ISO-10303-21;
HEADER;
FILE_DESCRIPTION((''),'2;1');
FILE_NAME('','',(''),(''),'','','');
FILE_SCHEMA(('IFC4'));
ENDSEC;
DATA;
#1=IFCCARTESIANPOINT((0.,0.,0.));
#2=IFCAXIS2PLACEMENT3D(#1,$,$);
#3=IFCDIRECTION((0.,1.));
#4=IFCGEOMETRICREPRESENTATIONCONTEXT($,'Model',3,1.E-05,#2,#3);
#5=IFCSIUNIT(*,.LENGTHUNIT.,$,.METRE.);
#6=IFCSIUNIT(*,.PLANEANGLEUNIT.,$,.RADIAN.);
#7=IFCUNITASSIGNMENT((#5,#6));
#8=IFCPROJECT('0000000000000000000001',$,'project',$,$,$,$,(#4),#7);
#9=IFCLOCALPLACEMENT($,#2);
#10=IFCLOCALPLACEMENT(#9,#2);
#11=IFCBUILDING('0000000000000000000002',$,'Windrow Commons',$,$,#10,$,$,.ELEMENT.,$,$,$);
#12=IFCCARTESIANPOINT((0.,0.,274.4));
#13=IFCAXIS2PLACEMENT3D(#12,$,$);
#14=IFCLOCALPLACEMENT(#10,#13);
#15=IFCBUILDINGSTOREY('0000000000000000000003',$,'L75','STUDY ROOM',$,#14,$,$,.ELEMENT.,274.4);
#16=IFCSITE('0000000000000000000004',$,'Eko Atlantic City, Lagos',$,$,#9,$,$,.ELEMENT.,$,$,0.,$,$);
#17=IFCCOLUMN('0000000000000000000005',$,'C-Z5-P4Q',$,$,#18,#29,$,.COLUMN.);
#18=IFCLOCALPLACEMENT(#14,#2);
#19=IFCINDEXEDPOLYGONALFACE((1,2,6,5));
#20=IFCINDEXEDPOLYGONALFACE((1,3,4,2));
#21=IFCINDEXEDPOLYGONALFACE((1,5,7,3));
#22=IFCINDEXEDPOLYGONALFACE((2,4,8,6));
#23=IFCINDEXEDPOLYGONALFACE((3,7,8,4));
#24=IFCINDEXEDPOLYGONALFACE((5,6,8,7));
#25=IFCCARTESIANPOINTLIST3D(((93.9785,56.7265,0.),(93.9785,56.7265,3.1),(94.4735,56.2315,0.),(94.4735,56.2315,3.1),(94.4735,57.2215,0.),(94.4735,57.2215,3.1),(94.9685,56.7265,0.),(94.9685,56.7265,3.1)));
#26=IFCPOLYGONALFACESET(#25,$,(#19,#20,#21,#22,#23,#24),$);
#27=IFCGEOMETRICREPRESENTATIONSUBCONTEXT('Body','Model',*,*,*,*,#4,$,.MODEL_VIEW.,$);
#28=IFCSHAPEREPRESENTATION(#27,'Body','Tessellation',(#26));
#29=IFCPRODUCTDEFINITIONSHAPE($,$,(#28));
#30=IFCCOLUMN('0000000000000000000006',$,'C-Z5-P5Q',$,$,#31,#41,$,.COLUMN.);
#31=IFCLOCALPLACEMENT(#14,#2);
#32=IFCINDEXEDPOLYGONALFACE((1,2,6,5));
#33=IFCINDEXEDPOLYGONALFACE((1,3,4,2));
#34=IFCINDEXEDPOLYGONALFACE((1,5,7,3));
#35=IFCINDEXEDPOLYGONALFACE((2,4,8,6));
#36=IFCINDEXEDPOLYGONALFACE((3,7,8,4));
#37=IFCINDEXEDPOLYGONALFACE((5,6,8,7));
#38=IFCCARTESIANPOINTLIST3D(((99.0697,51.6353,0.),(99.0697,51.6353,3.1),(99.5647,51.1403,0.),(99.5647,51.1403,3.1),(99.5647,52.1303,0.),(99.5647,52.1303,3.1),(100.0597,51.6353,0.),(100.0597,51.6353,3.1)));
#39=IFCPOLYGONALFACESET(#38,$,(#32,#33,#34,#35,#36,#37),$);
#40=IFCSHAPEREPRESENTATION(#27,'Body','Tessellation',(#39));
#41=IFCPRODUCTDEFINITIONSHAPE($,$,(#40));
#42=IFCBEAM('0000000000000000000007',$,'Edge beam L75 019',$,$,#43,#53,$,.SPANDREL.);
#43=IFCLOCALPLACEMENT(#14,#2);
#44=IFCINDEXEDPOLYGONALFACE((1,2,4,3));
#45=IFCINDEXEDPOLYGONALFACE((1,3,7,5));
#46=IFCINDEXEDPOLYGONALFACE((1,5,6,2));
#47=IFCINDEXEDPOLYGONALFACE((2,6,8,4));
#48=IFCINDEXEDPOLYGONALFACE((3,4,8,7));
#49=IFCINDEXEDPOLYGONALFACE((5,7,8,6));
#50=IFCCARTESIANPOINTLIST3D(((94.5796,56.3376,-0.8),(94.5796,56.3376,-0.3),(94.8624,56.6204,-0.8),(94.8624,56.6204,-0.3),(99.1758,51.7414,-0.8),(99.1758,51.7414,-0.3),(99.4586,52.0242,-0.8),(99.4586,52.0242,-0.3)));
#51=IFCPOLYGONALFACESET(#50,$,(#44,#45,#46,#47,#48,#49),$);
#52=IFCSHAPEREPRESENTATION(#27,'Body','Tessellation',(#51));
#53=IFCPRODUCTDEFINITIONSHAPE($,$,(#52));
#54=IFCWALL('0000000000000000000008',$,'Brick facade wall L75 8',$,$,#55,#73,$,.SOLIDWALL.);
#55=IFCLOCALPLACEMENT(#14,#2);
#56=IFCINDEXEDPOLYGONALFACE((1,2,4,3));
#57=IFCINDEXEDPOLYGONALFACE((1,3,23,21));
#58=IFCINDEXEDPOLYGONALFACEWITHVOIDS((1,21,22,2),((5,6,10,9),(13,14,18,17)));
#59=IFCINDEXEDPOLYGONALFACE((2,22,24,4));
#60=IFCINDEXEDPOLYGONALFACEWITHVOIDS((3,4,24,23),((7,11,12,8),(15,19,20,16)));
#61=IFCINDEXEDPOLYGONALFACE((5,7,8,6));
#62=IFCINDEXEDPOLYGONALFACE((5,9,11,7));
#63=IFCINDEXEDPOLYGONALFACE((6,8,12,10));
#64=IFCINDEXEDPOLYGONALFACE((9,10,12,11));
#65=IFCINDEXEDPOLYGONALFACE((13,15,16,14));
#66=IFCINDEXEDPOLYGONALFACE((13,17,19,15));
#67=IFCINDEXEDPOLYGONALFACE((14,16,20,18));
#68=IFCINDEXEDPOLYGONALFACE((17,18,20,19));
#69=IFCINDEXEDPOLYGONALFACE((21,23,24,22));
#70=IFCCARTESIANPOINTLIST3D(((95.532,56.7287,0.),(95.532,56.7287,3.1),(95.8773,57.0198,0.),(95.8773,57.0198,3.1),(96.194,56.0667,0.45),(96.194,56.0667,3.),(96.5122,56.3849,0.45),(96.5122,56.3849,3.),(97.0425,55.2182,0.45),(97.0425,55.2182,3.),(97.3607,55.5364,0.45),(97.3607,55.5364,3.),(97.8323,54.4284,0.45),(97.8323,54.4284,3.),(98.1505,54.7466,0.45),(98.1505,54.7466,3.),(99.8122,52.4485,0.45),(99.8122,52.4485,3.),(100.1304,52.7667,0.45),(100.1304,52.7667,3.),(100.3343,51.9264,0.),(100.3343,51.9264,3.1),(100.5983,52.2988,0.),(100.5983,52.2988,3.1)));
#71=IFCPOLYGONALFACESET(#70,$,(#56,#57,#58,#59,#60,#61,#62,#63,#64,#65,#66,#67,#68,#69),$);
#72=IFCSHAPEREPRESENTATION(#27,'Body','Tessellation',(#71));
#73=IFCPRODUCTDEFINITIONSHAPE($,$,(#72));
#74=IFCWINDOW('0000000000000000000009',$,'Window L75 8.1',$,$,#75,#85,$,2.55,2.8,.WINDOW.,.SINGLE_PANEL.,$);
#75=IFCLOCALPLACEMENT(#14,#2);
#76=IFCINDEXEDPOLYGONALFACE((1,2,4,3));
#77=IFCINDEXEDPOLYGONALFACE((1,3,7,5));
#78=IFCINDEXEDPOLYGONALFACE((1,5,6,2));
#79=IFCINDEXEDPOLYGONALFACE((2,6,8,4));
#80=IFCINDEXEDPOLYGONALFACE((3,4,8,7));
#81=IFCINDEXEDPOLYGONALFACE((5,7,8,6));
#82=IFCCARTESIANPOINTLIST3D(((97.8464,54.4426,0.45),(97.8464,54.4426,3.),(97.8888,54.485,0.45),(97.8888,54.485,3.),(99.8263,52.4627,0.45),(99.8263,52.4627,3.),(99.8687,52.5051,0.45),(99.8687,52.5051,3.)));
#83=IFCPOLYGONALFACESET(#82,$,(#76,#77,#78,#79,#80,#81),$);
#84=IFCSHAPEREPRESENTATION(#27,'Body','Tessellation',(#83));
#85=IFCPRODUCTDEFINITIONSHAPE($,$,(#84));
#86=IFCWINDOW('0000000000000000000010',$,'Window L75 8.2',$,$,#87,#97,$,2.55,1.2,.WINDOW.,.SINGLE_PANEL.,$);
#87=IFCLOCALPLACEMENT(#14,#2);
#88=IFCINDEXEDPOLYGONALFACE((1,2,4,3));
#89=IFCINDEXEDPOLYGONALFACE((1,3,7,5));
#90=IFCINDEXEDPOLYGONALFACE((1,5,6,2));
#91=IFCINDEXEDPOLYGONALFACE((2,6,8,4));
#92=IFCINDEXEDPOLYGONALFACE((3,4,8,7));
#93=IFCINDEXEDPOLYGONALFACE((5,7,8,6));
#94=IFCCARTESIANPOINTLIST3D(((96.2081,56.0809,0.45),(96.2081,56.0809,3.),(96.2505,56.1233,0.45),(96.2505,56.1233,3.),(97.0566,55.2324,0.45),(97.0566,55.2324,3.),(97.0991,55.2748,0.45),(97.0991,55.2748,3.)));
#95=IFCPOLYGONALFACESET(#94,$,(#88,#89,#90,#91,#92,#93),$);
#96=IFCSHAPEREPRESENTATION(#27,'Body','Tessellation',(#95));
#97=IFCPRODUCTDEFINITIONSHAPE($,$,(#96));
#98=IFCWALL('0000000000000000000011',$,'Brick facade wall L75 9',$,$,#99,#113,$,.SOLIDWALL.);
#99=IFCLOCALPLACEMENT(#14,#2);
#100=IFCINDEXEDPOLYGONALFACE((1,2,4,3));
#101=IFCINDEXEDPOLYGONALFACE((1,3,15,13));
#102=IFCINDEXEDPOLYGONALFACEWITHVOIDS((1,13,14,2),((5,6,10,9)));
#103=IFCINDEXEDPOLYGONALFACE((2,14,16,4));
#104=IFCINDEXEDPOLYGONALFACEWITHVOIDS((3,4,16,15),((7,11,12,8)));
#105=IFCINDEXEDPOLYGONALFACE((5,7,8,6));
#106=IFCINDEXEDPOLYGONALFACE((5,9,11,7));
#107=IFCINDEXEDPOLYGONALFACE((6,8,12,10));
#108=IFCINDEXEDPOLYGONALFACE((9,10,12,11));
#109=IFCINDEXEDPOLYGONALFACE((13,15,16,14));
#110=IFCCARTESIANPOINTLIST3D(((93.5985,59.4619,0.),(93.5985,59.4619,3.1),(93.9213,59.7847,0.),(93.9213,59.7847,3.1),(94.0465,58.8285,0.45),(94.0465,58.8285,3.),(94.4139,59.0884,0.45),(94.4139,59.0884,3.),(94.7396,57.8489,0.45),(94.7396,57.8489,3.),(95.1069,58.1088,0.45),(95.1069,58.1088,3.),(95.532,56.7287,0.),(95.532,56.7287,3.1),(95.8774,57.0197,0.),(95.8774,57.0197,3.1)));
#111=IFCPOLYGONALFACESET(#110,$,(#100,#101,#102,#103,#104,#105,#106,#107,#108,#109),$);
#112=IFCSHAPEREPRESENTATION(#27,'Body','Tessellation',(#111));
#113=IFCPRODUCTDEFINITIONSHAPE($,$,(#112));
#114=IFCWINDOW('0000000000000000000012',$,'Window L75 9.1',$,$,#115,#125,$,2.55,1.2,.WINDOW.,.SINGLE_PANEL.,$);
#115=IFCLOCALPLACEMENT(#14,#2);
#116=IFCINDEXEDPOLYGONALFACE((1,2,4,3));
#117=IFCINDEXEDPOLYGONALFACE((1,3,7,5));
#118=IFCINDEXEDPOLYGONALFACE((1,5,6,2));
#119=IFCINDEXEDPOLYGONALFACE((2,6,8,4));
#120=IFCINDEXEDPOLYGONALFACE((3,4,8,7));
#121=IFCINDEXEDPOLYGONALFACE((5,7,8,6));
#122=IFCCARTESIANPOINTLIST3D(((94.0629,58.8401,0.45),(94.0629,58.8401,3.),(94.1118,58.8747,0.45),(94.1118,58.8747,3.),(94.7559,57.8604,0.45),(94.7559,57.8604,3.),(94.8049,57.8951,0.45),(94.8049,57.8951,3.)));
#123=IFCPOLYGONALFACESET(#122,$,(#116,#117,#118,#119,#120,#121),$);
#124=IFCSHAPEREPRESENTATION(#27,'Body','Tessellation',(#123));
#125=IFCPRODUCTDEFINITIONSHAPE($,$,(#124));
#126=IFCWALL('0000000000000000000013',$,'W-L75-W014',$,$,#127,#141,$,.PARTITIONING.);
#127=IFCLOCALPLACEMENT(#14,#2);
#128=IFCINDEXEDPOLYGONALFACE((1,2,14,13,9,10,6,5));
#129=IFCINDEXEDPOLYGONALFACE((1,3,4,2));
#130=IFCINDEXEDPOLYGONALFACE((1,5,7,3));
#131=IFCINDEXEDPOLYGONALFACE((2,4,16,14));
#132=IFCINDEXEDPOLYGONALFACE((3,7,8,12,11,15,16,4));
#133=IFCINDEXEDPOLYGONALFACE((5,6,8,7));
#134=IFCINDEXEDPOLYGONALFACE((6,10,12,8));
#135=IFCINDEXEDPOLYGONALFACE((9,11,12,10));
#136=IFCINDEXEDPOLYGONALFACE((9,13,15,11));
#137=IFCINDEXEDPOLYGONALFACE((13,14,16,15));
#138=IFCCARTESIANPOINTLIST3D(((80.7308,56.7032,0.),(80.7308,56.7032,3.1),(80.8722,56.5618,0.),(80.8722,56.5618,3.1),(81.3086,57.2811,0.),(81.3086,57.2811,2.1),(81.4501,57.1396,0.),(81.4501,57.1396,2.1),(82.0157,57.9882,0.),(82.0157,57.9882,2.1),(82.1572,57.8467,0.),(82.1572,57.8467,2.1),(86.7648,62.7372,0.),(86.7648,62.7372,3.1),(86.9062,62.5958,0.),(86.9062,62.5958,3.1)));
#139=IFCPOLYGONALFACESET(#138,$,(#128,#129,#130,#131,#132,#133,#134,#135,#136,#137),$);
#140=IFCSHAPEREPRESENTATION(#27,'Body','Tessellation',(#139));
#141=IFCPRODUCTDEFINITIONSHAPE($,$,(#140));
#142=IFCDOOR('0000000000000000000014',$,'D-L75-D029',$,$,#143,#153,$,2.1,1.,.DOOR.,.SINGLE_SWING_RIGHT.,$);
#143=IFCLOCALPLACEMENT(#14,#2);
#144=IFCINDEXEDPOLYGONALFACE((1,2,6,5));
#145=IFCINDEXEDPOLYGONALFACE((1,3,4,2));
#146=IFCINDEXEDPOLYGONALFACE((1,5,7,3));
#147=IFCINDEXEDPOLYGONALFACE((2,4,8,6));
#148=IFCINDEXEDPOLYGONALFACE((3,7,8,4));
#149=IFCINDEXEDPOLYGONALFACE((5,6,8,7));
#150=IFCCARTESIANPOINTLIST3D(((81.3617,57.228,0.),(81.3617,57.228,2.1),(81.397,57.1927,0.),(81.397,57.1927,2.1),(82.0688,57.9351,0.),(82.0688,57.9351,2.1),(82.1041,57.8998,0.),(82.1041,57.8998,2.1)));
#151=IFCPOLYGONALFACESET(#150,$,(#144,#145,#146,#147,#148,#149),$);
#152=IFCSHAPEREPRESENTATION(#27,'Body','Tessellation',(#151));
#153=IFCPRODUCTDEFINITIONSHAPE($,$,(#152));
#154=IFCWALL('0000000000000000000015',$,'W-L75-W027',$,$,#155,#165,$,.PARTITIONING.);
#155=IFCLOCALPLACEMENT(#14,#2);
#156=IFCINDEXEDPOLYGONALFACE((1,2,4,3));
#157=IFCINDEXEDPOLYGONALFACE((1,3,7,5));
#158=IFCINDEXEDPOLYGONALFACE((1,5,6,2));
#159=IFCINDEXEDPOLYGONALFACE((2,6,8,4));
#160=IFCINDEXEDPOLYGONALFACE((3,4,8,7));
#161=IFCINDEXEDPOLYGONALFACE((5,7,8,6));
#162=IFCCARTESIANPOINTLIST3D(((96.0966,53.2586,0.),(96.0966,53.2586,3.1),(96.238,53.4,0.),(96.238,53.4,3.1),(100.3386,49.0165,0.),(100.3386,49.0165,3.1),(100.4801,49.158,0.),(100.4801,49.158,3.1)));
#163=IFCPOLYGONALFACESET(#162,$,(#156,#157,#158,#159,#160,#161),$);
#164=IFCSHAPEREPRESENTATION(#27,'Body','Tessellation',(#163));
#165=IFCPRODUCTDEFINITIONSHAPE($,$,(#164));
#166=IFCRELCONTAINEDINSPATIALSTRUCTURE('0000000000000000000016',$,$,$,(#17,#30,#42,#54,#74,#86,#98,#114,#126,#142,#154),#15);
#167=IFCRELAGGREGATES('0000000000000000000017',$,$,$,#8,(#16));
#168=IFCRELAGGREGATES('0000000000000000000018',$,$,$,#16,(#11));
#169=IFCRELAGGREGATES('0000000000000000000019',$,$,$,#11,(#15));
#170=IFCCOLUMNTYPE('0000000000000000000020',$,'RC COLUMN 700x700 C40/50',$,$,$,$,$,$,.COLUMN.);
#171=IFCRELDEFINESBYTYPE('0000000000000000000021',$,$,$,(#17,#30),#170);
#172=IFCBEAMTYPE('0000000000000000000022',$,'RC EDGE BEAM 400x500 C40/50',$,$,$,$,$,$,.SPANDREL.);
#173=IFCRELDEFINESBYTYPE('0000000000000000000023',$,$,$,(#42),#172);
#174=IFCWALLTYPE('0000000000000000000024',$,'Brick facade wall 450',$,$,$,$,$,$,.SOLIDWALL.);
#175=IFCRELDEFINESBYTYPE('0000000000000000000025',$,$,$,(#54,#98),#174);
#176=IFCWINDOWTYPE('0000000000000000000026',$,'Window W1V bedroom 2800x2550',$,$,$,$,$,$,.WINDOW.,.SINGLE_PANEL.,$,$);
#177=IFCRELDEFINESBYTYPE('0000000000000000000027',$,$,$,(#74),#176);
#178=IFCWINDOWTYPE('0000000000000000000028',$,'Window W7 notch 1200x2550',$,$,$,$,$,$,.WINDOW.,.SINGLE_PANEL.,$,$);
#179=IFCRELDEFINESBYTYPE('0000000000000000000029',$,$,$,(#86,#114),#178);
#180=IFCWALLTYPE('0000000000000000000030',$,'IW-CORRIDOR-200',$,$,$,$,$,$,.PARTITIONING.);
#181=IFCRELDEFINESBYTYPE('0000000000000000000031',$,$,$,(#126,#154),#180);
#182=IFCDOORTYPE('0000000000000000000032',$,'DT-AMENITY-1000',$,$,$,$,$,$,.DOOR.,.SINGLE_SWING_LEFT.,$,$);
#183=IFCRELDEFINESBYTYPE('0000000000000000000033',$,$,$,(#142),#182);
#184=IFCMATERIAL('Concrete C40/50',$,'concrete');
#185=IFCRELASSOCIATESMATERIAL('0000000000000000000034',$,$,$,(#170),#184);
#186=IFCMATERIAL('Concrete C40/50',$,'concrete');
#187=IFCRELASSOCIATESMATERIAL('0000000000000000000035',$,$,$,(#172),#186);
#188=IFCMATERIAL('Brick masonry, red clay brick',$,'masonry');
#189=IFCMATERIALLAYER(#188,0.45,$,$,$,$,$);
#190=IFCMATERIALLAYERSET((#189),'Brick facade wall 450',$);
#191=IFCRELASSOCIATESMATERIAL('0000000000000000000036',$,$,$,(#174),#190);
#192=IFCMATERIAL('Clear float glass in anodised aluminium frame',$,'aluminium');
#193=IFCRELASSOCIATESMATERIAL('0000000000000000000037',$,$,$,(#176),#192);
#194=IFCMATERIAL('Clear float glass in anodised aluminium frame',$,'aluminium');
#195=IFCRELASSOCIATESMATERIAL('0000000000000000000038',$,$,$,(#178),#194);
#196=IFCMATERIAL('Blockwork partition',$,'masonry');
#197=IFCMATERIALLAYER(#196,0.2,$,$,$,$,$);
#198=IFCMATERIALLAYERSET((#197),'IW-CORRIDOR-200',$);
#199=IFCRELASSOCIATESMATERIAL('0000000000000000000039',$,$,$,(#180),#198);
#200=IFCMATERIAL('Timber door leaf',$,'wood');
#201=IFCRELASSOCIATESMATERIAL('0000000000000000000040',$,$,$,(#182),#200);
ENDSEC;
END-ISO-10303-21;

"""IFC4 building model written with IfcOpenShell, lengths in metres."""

from ifc_helpers import new_model, si_unit, direction, frame, frame_2d, origin, origin_2d, place, context, subcontext, project, spatial, polyline, rectangle, outline, extrude, material, layer, layer_set, material_profile, profile_set, type_object, element, fill, save


model = new_model("IFC4")

# Units and contexts
model_context = context("Model", 3, precision=1e-05, world=origin(), true_north=direction((0.0, 1.0)))
body_context = subcontext(model_context, "Body", "Model", "MODEL_VIEW")
ifc_project = project(units=[si_unit("LENGTHUNIT", "METRE"), si_unit("PLANEANGLEUNIT", "RADIAN")], contexts=[model_context])

# Site, building, storey
site_placement = place(None, origin())
site = spatial("IfcSite", under=ifc_project, at=site_placement, Name="Eko Atlantic City, Lagos", CompositionType="ELEMENT", RefElevation=0.0)
building_placement = place(site_placement, origin())
building = spatial("IfcBuilding", under=site, at=building_placement, Name="Windrow Commons", CompositionType="ELEMENT")
storey_placement = place(building_placement, frame((0.0, 0.0, 274.4)))
storey = spatial("IfcBuildingStorey", under=building, at=storey_placement, Name="L75", Description="STUDY ROOM", CompositionType="ELEMENT", Elevation=274.4)

# Columns
ifc_material_1 = material(Name="Concrete C40/50", Category="concrete")
ifc_material_profile_1 = material_profile(ifc_material_1, rectangle(XDim=0.7, YDim=0.7, at=origin_2d()))
ifc_profile_set_1 = profile_set([ifc_material_profile_1], Name="Concrete C40/50")
column_type = type_object("IfcColumnType", Name="RC COLUMN 700x700 C40/50", PredefinedType="COLUMN", material=ifc_profile_set_1)
for number, where, z_axis, x_axis, name in (
    (1, (94.4735, 56.7265, 0.0), (0.0, 0.0, 1.0), (0.707107, -0.707107, 0.0), "C-Z5-P4Q"),
    (2, (99.5647, 51.6353, 0.0), (0.0, 0.0, 1.0), (0.707107, -0.707107, 0.0), "C-Z5-P5Q"),
):
    element("IfcColumn", number, at=place(storey_placement, frame(where, z_axis=z_axis, x_axis=x_axis)), inside=storey, type_object=column_type, Name=name, PredefinedType="COLUMN", context=body_context, shape_type="SweptSolid", body=[
        extrude(rectangle(XDim=0.7, YDim=0.7, at=origin_2d()), origin(), (0.0, 0.0, 1.0), 3.1),
    ])

# Beam
ifc_material_2 = material(Name="Concrete C40/50", Category="concrete")
ifc_material_profile_2 = material_profile(ifc_material_2, rectangle(XDim=0.4, YDim=0.5, at=origin_2d()))
ifc_profile_set_2 = profile_set([ifc_material_profile_2], Name="Concrete C40/50")
beam_type = type_object("IfcBeamType", Name="RC EDGE BEAM 400x500 C40/50", PredefinedType="SPANDREL", material=ifc_profile_set_2)
beam_placement = place(storey_placement, frame((94.721, 56.479, -0.55), z_axis=(0.707107, -0.707107, 0.0), x_axis=(0.707107, 0.707107, 0.0)))
element("IfcBeam", 3, at=beam_placement, inside=storey, type_object=beam_type, Name="Edge beam L75 019", PredefinedType="SPANDREL", context=body_context, shape_type="SweptSolid", body=[
    extrude(rectangle(XDim=0.4, YDim=0.5, at=origin_2d()), origin(), (0.0, 0.0, 1.0), 6.5),
])

# Wall, openings, windows
ifc_material_3 = material(Name="Brick masonry, red clay brick", Category="masonry")
ifc_layer_1 = layer(ifc_material_3, 0.45)
ifc_layer_set_1 = layer_set([ifc_layer_1], Name="Brick facade wall 450")
wall_type_1 = type_object("IfcWallType", Name="Brick facade wall 450", PredefinedType="SOLIDWALL", material=ifc_layer_set_1)
wall_1_placement = place(storey_placement, frame((100.4663, 52.1126, 0.0), z_axis=(0.0, 0.0, 1.0), x_axis=(-0.707107, 0.707107, 0.0)))
wall_1 = element("IfcWall", 4, at=wall_1_placement, inside=storey, type_object=wall_type_1, Name="Brick facade wall L75 8", PredefinedType="SOLIDWALL", context=body_context, shape_type="SweptSolid", body=[
    extrude(outline(polyline([(0.0383, -0.225), (6.7148, -0.225), (6.7531, 0.225), (-0.0383, 0.225), (0.0383, -0.225)])), origin(), (0.0, 0.0, 1.0), 3.1),
])
opening_1_placement = place(wall_1_placement, frame((0.7001, 0.0, 0.45)))
opening_1 = element("IfcOpeningElement", 5, at=opening_1_placement, cuts=wall_1, PredefinedType="OPENING", context=body_context, shape_type="SweptSolid", body=[
    extrude(rectangle(XDim=2.8, YDim=2.55, at=frame_2d((1.4, 1.275))), frame((0.0, 0.235, 0.0), z_axis=(0.0, -1.0, 0.0), x_axis=(1.0, 0.0, 0.0)), (0.0, 0.0, 1.0), 0.47),
])
opening_2_placement = place(wall_1_placement, frame((4.617, 0.0, 0.45)))
opening_2 = element("IfcOpeningElement", 6, at=opening_2_placement, cuts=wall_1, PredefinedType="OPENING", context=body_context, shape_type="SweptSolid", body=[
    extrude(rectangle(XDim=1.2, YDim=2.55, at=frame_2d((0.6, 1.275))), frame((0.0, 0.235, 0.0), z_axis=(0.0, -1.0, 0.0), x_axis=(1.0, 0.0, 0.0)), (0.0, 0.0, 1.0), 0.47),
])
ifc_material_4 = material(Name="Clear float glass in anodised aluminium frame", Category="aluminium")
window_type_1 = type_object("IfcWindowType", Name="Window W1V bedroom 2800x2550", PartitioningType="SINGLE_PANEL", PredefinedType="WINDOW", material=ifc_material_4)
window_1_placement = place(opening_1_placement, origin())
window_1 = element("IfcWindow", 7, at=window_1_placement, inside=storey, type_object=window_type_1, Name="Window L75 8.1", OverallHeight=2.55, OverallWidth=2.8, PartitioningType="SINGLE_PANEL", PredefinedType="WINDOW", context=body_context, shape_type="SweptSolid", body=[
    extrude(rectangle(XDim=2.8, YDim=2.55, at=frame_2d((1.4, 1.275))), frame((0.0, 0.205, 0.0), z_axis=(0.0, -1.0, 0.0), x_axis=(1.0, 0.0, 0.0)), (0.0, 0.0, 1.0), 0.06),
])
fill(opening_1, window_1)
ifc_material_5 = material(Name="Clear float glass in anodised aluminium frame", Category="aluminium")
window_type_2 = type_object("IfcWindowType", Name="Window W7 notch 1200x2550", PartitioningType="SINGLE_PANEL", PredefinedType="WINDOW", material=ifc_material_5)
window_2_placement = place(opening_2_placement, origin())
window_2 = element("IfcWindow", 8, at=window_2_placement, inside=storey, type_object=window_type_2, Name="Window L75 8.2", OverallHeight=2.55, OverallWidth=1.2, PartitioningType="SINGLE_PANEL", PredefinedType="WINDOW", context=body_context, shape_type="SweptSolid", body=[
    extrude(rectangle(XDim=1.2, YDim=2.55, at=frame_2d((0.6, 1.275))), frame((0.0, 0.205, 0.0), z_axis=(0.0, -1.0, 0.0), x_axis=(1.0, 0.0, 0.0)), (0.0, 0.0, 1.0), 0.06),
])
fill(opening_2, window_2)

# Wall, opening, window
wall_2_placement = place(storey_placement, frame((95.7047, 56.8742, 0.0), z_axis=(0.0, 0.0, 1.0), x_axis=(-0.577527, 0.816372, 0.0)))
wall_2 = element("IfcWall", 9, at=wall_2_placement, inside=storey, type_object=wall_type_1, Name="Brick facade wall L75 9", PredefinedType="SOLIDWALL", context=body_context, shape_type="SweptSolid", body=[
    extrude(outline(polyline([(0.0191, -0.225), (3.406, -0.225), (3.3289, 0.225), (-0.0191, 0.225), (0.0191, -0.225)])), origin(), (0.0, 0.0, 1.0), 3.1),
])
opening_3_placement = place(wall_2_placement, frame((1.3531, 0.0, 0.45)))
opening_3 = element("IfcOpeningElement", 10, at=opening_3_placement, cuts=wall_2, PredefinedType="OPENING", context=body_context, shape_type="SweptSolid", body=[
    extrude(rectangle(XDim=1.2, YDim=2.55, at=frame_2d((0.6, 1.275))), frame((0.0, 0.235, 0.0), z_axis=(0.0, -1.0, 0.0), x_axis=(1.0, 0.0, 0.0)), (0.0, 0.0, 1.0), 0.47),
])
window_3_placement = place(opening_3_placement, origin())
window_3 = element("IfcWindow", 11, at=window_3_placement, inside=storey, type_object=window_type_2, Name="Window L75 9.1", OverallHeight=2.55, OverallWidth=1.2, PartitioningType="SINGLE_PANEL", PredefinedType="WINDOW", context=body_context, shape_type="SweptSolid", body=[
    extrude(rectangle(XDim=1.2, YDim=2.55, at=frame_2d((0.6, 1.275))), frame((0.0, 0.205, 0.0), z_axis=(0.0, -1.0, 0.0), x_axis=(1.0, 0.0, 0.0)), (0.0, 0.0, 1.0), 0.06),
])
fill(opening_3, window_3)

# Wall, opening, door
ifc_material_6 = material(Name="Blockwork partition", Category="masonry")
ifc_layer_2 = layer(ifc_material_6, 0.2)
ifc_layer_set_2 = layer_set([ifc_layer_2], Name="IW-CORRIDOR-200")
wall_type_2 = type_object("IfcWallType", Name="IW-CORRIDOR-200", PredefinedType="PARTITIONING", material=ifc_layer_set_2)
wall_3_placement = place(storey_placement, frame((80.8015, 56.6325, 0.0), z_axis=(0.0, 0.0, 1.0), x_axis=(0.707107, 0.707107, 0.0)))
wall_3 = element("IfcWall", 12, at=wall_3_placement, inside=storey, type_object=wall_type_2, Name="W-L75-W014", PredefinedType="PARTITIONING", context=body_context, shape_type="SweptSolid", body=[
    extrude(rectangle(XDim=8.5334, YDim=0.2, at=frame_2d((4.2667, 0.0))), origin(), (0.0, 0.0, 1.0), 3.1),
])
opening_4_placement = place(wall_3_placement, frame((0.8172, 0.0, 0.0)))
opening_4 = element("IfcOpeningElement", 13, at=opening_4_placement, cuts=wall_3, PredefinedType="OPENING", context=body_context, shape_type="SweptSolid", body=[
    extrude(rectangle(XDim=1.0, YDim=2.1, at=frame_2d((0.5, 1.05))), frame((0.0, 0.11, 0.0), z_axis=(0.0, -1.0, 0.0), x_axis=(1.0, 0.0, 0.0)), (0.0, 0.0, 1.0), 0.22),
])
ifc_material_7 = material(Name="Timber door leaf", Category="wood")
door_type_1 = type_object("IfcDoorType", Name="DT-AMENITY-1000", OperationType="SINGLE_SWING_LEFT", PredefinedType="DOOR", material=ifc_material_7)
door_1_placement = place(opening_4_placement, origin())
door_1 = element("IfcDoor", 14, at=door_1_placement, inside=storey, type_object=door_type_1, Name="D-L75-D029", OperationType="SINGLE_SWING_RIGHT", OverallHeight=2.1, OverallWidth=1.0, PredefinedType="DOOR", context=body_context, shape_type="SweptSolid", body=[
    extrude(rectangle(XDim=1.0, YDim=2.1, at=frame_2d((0.5, 1.05))), frame((0.0, 0.025, 0.0), z_axis=(0.0, -1.0, 0.0), x_axis=(1.0, 0.0, 0.0)), (0.0, 0.0, 1.0), 0.05),
])
fill(opening_4, door_1)

# Wall
wall_4_placement = place(storey_placement, frame((96.1673, 53.3293, 0.0), z_axis=(0.0, 0.0, 1.0), x_axis=(0.707107, -0.707107, 0.0)))
element("IfcWall", 15, at=wall_4_placement, inside=storey, type_object=wall_type_2, Name="W-L75-W027", PredefinedType="PARTITIONING", context=body_context, shape_type="SweptSolid", body=[
    extrude(rectangle(XDim=5.9991, YDim=0.2, at=frame_2d((2.9996, 0.0))), origin(), (0.0, 0.0, 1.0), 3.1),
])

save(model, "model.ifc")
